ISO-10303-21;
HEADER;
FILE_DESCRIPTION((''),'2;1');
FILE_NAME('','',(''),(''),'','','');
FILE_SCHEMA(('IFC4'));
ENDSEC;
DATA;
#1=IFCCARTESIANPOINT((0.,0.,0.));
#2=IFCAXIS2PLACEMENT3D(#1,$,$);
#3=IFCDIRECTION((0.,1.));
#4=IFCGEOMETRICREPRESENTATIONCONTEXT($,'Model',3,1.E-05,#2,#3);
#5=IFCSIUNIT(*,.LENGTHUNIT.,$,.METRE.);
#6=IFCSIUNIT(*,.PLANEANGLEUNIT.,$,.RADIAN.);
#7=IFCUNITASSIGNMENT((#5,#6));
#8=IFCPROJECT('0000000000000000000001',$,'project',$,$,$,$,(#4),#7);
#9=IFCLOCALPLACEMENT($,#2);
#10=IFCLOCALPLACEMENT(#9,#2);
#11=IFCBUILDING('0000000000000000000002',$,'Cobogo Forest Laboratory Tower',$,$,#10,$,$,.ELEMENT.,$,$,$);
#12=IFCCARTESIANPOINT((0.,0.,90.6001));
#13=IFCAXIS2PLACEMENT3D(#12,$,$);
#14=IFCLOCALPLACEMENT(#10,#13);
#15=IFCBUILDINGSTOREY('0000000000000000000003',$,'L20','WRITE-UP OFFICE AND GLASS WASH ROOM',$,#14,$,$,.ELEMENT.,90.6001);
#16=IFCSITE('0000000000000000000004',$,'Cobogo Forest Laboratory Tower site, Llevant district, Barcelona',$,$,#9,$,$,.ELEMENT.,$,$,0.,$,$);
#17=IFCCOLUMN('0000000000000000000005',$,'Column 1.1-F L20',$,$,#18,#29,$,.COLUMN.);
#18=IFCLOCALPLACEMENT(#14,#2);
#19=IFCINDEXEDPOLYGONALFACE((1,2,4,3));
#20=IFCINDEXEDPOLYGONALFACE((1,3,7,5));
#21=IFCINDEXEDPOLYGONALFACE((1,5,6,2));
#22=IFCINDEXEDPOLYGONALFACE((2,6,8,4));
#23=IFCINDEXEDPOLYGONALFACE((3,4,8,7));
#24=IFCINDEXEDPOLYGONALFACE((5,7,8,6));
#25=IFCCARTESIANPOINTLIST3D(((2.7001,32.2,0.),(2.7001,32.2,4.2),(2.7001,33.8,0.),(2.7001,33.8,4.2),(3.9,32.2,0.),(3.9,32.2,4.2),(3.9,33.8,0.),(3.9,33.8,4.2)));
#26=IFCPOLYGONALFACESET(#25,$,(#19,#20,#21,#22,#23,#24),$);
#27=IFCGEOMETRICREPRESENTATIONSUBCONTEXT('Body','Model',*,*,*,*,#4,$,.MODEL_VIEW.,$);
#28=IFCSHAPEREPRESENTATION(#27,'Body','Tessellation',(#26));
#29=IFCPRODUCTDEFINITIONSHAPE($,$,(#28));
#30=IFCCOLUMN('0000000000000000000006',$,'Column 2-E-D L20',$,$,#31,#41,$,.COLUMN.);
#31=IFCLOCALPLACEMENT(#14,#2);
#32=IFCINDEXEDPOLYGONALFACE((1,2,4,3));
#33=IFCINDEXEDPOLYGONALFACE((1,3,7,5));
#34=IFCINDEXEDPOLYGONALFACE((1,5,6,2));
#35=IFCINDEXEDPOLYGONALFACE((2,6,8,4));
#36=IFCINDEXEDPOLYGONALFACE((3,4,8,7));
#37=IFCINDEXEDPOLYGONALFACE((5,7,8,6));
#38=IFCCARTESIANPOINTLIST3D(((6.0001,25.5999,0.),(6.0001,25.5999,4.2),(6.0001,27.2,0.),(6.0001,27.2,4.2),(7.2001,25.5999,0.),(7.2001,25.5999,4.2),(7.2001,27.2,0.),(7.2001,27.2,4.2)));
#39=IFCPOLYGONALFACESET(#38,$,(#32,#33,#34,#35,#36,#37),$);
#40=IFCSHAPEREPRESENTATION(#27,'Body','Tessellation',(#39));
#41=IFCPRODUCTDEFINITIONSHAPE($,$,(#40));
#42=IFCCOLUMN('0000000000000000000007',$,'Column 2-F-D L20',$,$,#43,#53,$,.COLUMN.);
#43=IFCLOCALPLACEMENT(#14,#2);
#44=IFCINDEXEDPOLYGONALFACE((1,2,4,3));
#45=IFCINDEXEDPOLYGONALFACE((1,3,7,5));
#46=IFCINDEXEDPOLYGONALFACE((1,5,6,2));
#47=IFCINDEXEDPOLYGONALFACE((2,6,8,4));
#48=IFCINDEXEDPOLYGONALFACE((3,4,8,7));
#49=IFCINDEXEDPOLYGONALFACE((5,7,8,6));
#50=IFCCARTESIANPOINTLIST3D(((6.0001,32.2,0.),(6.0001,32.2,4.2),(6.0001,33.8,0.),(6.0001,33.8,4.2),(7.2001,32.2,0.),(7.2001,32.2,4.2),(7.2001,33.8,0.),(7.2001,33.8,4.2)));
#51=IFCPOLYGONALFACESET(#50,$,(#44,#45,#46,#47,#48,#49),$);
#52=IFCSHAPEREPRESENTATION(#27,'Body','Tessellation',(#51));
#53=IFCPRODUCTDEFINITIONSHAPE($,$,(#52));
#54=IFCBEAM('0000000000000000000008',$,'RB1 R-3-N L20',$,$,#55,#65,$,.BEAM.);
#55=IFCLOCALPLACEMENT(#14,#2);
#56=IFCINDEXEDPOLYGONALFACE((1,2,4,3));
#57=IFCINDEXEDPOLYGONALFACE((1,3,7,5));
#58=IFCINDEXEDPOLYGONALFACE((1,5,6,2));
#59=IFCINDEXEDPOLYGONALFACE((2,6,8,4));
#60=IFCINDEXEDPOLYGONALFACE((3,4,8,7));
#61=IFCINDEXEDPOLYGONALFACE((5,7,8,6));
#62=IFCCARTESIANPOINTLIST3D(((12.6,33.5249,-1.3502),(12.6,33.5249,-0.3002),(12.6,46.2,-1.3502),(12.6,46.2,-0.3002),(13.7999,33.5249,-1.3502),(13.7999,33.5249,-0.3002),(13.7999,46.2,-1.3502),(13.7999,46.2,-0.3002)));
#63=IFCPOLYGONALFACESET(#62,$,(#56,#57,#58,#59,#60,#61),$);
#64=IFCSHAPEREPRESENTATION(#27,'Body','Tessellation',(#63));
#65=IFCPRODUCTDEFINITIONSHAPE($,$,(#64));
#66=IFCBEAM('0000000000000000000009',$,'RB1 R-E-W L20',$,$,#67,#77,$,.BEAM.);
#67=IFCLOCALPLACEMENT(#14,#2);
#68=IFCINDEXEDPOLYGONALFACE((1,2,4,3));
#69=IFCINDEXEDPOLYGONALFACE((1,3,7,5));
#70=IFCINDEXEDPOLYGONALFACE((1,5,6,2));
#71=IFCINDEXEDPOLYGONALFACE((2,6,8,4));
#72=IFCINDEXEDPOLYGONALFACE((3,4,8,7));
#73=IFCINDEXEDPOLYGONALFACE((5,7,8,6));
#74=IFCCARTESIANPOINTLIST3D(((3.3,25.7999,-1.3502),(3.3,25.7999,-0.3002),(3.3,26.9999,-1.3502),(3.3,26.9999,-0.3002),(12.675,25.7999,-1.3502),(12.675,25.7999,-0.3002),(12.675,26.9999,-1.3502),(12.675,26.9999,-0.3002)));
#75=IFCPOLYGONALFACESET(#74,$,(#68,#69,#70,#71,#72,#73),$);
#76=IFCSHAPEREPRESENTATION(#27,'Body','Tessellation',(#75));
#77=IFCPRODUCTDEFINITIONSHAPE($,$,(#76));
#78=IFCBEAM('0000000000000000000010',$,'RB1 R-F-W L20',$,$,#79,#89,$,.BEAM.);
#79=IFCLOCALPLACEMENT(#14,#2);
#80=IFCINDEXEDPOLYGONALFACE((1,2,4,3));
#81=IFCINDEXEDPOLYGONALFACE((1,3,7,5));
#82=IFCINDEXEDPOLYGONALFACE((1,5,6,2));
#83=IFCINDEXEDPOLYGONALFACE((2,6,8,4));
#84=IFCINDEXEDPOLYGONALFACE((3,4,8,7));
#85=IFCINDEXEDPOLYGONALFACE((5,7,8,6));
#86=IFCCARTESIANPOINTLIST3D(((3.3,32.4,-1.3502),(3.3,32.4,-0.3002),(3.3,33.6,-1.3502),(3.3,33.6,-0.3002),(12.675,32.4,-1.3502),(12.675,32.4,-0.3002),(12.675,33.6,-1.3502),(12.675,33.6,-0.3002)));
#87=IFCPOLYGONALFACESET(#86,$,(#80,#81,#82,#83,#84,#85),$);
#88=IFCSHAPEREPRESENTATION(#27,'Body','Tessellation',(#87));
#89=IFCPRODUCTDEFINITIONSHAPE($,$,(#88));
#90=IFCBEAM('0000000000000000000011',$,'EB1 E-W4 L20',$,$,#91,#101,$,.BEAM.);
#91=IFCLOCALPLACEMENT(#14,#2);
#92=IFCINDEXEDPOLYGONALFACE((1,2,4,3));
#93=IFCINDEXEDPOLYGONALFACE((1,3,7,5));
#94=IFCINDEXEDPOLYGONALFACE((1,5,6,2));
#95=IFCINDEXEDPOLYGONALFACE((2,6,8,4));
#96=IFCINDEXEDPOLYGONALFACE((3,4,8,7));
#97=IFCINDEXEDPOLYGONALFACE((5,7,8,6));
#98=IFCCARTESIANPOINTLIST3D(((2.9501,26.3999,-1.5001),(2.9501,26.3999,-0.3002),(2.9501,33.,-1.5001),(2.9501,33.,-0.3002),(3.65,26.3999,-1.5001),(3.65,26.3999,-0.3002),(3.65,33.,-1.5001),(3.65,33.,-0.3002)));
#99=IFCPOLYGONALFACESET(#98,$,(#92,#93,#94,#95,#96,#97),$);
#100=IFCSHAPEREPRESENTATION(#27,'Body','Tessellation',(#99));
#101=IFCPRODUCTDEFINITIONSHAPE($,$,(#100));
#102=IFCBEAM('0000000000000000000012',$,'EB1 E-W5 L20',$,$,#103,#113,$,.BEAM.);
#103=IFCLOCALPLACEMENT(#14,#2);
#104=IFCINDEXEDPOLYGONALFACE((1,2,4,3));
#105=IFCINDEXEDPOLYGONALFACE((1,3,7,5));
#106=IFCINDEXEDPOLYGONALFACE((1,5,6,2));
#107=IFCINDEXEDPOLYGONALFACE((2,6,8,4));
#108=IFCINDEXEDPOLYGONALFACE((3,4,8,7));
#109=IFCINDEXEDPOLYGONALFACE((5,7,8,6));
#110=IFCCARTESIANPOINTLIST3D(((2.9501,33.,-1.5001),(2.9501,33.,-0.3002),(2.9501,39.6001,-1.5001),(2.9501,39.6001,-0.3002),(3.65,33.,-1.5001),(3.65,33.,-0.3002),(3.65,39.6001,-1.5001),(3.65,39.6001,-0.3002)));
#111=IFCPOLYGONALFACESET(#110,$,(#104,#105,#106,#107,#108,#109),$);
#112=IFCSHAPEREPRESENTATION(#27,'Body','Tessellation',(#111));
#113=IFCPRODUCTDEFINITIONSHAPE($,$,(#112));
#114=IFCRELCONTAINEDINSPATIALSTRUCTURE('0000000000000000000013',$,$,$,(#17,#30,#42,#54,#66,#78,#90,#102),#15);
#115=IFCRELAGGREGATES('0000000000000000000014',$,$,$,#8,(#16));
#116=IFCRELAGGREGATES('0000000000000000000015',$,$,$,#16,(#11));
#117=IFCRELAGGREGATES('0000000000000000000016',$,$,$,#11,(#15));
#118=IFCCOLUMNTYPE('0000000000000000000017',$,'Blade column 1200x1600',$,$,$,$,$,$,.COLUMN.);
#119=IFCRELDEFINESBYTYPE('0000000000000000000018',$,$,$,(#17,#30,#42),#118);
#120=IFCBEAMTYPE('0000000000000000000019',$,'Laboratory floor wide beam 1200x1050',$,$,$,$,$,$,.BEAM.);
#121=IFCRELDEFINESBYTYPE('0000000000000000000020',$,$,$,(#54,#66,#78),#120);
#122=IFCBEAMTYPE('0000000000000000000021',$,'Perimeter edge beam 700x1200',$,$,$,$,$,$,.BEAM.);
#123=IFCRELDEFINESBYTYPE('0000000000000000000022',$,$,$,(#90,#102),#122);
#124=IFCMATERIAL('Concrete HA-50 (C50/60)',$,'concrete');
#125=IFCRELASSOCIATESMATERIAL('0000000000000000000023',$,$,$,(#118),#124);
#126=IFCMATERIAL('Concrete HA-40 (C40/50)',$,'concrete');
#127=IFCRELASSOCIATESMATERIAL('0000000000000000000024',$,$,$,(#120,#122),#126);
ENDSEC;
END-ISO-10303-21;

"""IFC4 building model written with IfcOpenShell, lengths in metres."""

from ifc_helpers import new_model, si_unit, direction, frame, origin, origin_2d, place, context, subcontext, project, spatial, rectangle, extrude, material, material_profile, profile_set, type_object, element, save


model = new_model("IFC4")

# Units and contexts
model_context = context("Model", 3, precision=1e-05, world=origin(), true_north=direction((0.0, 1.0)))
body_context = subcontext(model_context, "Body", "Model", "MODEL_VIEW")
ifc_project = project(units=[si_unit("LENGTHUNIT", "METRE"), si_unit("PLANEANGLEUNIT", "RADIAN")], contexts=[model_context])

# Site, building, storey
site_placement = place(None, origin())
site = spatial("IfcSite", under=ifc_project, at=site_placement, Name="Cobogo Forest Laboratory Tower site, Llevant district, Barcelona", CompositionType="ELEMENT", RefElevation=0.0)
building_placement = place(site_placement, origin())
building = spatial("IfcBuilding", under=site, at=building_placement, Name="Cobogo Forest Laboratory Tower", CompositionType="ELEMENT")
storey_placement = place(building_placement, frame((0.0, 0.0, 90.6001)))
storey = spatial("IfcBuildingStorey", under=building, at=storey_placement, Name="L20", Description="WRITE-UP OFFICE AND GLASS WASH ROOM", CompositionType="ELEMENT", Elevation=90.6001)

# Columns
ifc_material_1 = material(Name="Concrete HA-50 (C50/60)", Category="concrete")
ifc_material_profile_1 = material_profile(ifc_material_1, rectangle(XDim=1.6001, YDim=1.2, at=origin_2d()), Name="RC 1200x1600")
ifc_profile_set_1 = profile_set([ifc_material_profile_1], Name="Concrete HA-50 (C50/60)")
column_type = type_object("IfcColumnType", Name="Blade column 1200x1600", PredefinedType="COLUMN", material=ifc_profile_set_1)
for number, where, z_axis, x_axis, name in (
    (1, (3.3, 33.0, 0.0), (0.0, 0.0, 1.0), (0.0, 1.0, 0.0), "Column 1.1-F L20"),
    (2, (6.6001, 26.3999, 0.0), (0.0, 0.0, 1.0), (0.0, 1.0, 0.0), "Column 2-E-D L20"),
    (3, (6.6001, 33.0, 0.0), (0.0, 0.0, 1.0), (0.0, 1.0, 0.0), "Column 2-F-D L20"),
):
    element("IfcColumn", number, at=place(storey_placement, frame(where, z_axis=z_axis, x_axis=x_axis)), inside=storey, type_object=column_type, Name=name, PredefinedType="COLUMN", context=body_context, shape_type="SweptSolid", body=[
        extrude(rectangle(XDim=1.6001, YDim=1.2, at=origin_2d()), origin(), (0.0, 0.0, 1.0), 4.2),
    ])

# Beams
ifc_material_2 = material(Name="Concrete HA-40 (C40/50)", Category="concrete")
ifc_material_profile_2 = material_profile(ifc_material_2, rectangle(XDim=1.2, YDim=1.05, at=origin_2d()), Name="RC 1200x1050")
ifc_profile_set_2 = profile_set([ifc_material_profile_2], Name="Concrete HA-40 (C40/50)")
beam_type_1 = type_object("IfcBeamType", Name="Laboratory floor wide beam 1200x1050", PredefinedType="BEAM", material=ifc_profile_set_2)
beam_placement = place(storey_placement, frame((13.2, 33.5249, -0.8252), z_axis=(0.0, 1.0, 0.0), x_axis=(-1.0, 0.0, 0.0)))
element("IfcBeam", 4, at=beam_placement, inside=storey, type_object=beam_type_1, Name="RB1 R-3-N L20", PredefinedType="BEAM", context=body_context, shape_type="SweptSolid", body=[
    extrude(rectangle(XDim=1.2, YDim=1.05, at=origin_2d()), origin(), (0.0, 0.0, 1.0), 12.675),
])
for number, where, z_axis, x_axis, name in (
    (5, (12.675, 26.3999, -0.8252), (-1.0, 0.0, 0.0), (0.0, -1.0, 0.0), "RB1 R-E-W L20"),
    (6, (12.675, 33.0, -0.8252), (-1.0, 0.0, 0.0), (0.0, -1.0, 0.0), "RB1 R-F-W L20"),
):
    element("IfcBeam", number, at=place(storey_placement, frame(where, z_axis=z_axis, x_axis=x_axis)), inside=storey, type_object=beam_type_1, Name=name, PredefinedType="BEAM", context=body_context, shape_type="SweptSolid", body=[
        extrude(rectangle(XDim=1.2, YDim=1.05, at=origin_2d()), origin(), (0.0, 0.0, 1.0), 9.375),
    ])
ifc_material_profile_3 = material_profile(ifc_material_2, rectangle(XDim=0.7, YDim=1.2, at=origin_2d()), Name="RC 700x1200")
ifc_profile_set_3 = profile_set([ifc_material_profile_3], Name="Concrete HA-40 (C40/50)")
beam_type_2 = type_object("IfcBeamType", Name="Perimeter edge beam 700x1200", PredefinedType="BEAM", material=ifc_profile_set_3)
for number, where, z_axis, x_axis, name in (
    (7, (3.3, 26.3999, -0.9001), (0.0, 1.0, 0.0), (-1.0, 0.0, 0.0), "EB1 E-W4 L20"),
    (8, (3.3, 33.0, -0.9001), (0.0, 1.0, 0.0), (-1.0, 0.0, 0.0), "EB1 E-W5 L20"),
):
    element("IfcBeam", number, at=place(storey_placement, frame(where, z_axis=z_axis, x_axis=x_axis)), inside=storey, type_object=beam_type_2, Name=name, PredefinedType="BEAM", context=body_context, shape_type="SweptSolid", body=[
        extrude(rectangle(XDim=0.7, YDim=1.2, at=origin_2d()), origin(), (0.0, 0.0, 1.0), 6.6001),
    ])

save(model, "model.ifc")
